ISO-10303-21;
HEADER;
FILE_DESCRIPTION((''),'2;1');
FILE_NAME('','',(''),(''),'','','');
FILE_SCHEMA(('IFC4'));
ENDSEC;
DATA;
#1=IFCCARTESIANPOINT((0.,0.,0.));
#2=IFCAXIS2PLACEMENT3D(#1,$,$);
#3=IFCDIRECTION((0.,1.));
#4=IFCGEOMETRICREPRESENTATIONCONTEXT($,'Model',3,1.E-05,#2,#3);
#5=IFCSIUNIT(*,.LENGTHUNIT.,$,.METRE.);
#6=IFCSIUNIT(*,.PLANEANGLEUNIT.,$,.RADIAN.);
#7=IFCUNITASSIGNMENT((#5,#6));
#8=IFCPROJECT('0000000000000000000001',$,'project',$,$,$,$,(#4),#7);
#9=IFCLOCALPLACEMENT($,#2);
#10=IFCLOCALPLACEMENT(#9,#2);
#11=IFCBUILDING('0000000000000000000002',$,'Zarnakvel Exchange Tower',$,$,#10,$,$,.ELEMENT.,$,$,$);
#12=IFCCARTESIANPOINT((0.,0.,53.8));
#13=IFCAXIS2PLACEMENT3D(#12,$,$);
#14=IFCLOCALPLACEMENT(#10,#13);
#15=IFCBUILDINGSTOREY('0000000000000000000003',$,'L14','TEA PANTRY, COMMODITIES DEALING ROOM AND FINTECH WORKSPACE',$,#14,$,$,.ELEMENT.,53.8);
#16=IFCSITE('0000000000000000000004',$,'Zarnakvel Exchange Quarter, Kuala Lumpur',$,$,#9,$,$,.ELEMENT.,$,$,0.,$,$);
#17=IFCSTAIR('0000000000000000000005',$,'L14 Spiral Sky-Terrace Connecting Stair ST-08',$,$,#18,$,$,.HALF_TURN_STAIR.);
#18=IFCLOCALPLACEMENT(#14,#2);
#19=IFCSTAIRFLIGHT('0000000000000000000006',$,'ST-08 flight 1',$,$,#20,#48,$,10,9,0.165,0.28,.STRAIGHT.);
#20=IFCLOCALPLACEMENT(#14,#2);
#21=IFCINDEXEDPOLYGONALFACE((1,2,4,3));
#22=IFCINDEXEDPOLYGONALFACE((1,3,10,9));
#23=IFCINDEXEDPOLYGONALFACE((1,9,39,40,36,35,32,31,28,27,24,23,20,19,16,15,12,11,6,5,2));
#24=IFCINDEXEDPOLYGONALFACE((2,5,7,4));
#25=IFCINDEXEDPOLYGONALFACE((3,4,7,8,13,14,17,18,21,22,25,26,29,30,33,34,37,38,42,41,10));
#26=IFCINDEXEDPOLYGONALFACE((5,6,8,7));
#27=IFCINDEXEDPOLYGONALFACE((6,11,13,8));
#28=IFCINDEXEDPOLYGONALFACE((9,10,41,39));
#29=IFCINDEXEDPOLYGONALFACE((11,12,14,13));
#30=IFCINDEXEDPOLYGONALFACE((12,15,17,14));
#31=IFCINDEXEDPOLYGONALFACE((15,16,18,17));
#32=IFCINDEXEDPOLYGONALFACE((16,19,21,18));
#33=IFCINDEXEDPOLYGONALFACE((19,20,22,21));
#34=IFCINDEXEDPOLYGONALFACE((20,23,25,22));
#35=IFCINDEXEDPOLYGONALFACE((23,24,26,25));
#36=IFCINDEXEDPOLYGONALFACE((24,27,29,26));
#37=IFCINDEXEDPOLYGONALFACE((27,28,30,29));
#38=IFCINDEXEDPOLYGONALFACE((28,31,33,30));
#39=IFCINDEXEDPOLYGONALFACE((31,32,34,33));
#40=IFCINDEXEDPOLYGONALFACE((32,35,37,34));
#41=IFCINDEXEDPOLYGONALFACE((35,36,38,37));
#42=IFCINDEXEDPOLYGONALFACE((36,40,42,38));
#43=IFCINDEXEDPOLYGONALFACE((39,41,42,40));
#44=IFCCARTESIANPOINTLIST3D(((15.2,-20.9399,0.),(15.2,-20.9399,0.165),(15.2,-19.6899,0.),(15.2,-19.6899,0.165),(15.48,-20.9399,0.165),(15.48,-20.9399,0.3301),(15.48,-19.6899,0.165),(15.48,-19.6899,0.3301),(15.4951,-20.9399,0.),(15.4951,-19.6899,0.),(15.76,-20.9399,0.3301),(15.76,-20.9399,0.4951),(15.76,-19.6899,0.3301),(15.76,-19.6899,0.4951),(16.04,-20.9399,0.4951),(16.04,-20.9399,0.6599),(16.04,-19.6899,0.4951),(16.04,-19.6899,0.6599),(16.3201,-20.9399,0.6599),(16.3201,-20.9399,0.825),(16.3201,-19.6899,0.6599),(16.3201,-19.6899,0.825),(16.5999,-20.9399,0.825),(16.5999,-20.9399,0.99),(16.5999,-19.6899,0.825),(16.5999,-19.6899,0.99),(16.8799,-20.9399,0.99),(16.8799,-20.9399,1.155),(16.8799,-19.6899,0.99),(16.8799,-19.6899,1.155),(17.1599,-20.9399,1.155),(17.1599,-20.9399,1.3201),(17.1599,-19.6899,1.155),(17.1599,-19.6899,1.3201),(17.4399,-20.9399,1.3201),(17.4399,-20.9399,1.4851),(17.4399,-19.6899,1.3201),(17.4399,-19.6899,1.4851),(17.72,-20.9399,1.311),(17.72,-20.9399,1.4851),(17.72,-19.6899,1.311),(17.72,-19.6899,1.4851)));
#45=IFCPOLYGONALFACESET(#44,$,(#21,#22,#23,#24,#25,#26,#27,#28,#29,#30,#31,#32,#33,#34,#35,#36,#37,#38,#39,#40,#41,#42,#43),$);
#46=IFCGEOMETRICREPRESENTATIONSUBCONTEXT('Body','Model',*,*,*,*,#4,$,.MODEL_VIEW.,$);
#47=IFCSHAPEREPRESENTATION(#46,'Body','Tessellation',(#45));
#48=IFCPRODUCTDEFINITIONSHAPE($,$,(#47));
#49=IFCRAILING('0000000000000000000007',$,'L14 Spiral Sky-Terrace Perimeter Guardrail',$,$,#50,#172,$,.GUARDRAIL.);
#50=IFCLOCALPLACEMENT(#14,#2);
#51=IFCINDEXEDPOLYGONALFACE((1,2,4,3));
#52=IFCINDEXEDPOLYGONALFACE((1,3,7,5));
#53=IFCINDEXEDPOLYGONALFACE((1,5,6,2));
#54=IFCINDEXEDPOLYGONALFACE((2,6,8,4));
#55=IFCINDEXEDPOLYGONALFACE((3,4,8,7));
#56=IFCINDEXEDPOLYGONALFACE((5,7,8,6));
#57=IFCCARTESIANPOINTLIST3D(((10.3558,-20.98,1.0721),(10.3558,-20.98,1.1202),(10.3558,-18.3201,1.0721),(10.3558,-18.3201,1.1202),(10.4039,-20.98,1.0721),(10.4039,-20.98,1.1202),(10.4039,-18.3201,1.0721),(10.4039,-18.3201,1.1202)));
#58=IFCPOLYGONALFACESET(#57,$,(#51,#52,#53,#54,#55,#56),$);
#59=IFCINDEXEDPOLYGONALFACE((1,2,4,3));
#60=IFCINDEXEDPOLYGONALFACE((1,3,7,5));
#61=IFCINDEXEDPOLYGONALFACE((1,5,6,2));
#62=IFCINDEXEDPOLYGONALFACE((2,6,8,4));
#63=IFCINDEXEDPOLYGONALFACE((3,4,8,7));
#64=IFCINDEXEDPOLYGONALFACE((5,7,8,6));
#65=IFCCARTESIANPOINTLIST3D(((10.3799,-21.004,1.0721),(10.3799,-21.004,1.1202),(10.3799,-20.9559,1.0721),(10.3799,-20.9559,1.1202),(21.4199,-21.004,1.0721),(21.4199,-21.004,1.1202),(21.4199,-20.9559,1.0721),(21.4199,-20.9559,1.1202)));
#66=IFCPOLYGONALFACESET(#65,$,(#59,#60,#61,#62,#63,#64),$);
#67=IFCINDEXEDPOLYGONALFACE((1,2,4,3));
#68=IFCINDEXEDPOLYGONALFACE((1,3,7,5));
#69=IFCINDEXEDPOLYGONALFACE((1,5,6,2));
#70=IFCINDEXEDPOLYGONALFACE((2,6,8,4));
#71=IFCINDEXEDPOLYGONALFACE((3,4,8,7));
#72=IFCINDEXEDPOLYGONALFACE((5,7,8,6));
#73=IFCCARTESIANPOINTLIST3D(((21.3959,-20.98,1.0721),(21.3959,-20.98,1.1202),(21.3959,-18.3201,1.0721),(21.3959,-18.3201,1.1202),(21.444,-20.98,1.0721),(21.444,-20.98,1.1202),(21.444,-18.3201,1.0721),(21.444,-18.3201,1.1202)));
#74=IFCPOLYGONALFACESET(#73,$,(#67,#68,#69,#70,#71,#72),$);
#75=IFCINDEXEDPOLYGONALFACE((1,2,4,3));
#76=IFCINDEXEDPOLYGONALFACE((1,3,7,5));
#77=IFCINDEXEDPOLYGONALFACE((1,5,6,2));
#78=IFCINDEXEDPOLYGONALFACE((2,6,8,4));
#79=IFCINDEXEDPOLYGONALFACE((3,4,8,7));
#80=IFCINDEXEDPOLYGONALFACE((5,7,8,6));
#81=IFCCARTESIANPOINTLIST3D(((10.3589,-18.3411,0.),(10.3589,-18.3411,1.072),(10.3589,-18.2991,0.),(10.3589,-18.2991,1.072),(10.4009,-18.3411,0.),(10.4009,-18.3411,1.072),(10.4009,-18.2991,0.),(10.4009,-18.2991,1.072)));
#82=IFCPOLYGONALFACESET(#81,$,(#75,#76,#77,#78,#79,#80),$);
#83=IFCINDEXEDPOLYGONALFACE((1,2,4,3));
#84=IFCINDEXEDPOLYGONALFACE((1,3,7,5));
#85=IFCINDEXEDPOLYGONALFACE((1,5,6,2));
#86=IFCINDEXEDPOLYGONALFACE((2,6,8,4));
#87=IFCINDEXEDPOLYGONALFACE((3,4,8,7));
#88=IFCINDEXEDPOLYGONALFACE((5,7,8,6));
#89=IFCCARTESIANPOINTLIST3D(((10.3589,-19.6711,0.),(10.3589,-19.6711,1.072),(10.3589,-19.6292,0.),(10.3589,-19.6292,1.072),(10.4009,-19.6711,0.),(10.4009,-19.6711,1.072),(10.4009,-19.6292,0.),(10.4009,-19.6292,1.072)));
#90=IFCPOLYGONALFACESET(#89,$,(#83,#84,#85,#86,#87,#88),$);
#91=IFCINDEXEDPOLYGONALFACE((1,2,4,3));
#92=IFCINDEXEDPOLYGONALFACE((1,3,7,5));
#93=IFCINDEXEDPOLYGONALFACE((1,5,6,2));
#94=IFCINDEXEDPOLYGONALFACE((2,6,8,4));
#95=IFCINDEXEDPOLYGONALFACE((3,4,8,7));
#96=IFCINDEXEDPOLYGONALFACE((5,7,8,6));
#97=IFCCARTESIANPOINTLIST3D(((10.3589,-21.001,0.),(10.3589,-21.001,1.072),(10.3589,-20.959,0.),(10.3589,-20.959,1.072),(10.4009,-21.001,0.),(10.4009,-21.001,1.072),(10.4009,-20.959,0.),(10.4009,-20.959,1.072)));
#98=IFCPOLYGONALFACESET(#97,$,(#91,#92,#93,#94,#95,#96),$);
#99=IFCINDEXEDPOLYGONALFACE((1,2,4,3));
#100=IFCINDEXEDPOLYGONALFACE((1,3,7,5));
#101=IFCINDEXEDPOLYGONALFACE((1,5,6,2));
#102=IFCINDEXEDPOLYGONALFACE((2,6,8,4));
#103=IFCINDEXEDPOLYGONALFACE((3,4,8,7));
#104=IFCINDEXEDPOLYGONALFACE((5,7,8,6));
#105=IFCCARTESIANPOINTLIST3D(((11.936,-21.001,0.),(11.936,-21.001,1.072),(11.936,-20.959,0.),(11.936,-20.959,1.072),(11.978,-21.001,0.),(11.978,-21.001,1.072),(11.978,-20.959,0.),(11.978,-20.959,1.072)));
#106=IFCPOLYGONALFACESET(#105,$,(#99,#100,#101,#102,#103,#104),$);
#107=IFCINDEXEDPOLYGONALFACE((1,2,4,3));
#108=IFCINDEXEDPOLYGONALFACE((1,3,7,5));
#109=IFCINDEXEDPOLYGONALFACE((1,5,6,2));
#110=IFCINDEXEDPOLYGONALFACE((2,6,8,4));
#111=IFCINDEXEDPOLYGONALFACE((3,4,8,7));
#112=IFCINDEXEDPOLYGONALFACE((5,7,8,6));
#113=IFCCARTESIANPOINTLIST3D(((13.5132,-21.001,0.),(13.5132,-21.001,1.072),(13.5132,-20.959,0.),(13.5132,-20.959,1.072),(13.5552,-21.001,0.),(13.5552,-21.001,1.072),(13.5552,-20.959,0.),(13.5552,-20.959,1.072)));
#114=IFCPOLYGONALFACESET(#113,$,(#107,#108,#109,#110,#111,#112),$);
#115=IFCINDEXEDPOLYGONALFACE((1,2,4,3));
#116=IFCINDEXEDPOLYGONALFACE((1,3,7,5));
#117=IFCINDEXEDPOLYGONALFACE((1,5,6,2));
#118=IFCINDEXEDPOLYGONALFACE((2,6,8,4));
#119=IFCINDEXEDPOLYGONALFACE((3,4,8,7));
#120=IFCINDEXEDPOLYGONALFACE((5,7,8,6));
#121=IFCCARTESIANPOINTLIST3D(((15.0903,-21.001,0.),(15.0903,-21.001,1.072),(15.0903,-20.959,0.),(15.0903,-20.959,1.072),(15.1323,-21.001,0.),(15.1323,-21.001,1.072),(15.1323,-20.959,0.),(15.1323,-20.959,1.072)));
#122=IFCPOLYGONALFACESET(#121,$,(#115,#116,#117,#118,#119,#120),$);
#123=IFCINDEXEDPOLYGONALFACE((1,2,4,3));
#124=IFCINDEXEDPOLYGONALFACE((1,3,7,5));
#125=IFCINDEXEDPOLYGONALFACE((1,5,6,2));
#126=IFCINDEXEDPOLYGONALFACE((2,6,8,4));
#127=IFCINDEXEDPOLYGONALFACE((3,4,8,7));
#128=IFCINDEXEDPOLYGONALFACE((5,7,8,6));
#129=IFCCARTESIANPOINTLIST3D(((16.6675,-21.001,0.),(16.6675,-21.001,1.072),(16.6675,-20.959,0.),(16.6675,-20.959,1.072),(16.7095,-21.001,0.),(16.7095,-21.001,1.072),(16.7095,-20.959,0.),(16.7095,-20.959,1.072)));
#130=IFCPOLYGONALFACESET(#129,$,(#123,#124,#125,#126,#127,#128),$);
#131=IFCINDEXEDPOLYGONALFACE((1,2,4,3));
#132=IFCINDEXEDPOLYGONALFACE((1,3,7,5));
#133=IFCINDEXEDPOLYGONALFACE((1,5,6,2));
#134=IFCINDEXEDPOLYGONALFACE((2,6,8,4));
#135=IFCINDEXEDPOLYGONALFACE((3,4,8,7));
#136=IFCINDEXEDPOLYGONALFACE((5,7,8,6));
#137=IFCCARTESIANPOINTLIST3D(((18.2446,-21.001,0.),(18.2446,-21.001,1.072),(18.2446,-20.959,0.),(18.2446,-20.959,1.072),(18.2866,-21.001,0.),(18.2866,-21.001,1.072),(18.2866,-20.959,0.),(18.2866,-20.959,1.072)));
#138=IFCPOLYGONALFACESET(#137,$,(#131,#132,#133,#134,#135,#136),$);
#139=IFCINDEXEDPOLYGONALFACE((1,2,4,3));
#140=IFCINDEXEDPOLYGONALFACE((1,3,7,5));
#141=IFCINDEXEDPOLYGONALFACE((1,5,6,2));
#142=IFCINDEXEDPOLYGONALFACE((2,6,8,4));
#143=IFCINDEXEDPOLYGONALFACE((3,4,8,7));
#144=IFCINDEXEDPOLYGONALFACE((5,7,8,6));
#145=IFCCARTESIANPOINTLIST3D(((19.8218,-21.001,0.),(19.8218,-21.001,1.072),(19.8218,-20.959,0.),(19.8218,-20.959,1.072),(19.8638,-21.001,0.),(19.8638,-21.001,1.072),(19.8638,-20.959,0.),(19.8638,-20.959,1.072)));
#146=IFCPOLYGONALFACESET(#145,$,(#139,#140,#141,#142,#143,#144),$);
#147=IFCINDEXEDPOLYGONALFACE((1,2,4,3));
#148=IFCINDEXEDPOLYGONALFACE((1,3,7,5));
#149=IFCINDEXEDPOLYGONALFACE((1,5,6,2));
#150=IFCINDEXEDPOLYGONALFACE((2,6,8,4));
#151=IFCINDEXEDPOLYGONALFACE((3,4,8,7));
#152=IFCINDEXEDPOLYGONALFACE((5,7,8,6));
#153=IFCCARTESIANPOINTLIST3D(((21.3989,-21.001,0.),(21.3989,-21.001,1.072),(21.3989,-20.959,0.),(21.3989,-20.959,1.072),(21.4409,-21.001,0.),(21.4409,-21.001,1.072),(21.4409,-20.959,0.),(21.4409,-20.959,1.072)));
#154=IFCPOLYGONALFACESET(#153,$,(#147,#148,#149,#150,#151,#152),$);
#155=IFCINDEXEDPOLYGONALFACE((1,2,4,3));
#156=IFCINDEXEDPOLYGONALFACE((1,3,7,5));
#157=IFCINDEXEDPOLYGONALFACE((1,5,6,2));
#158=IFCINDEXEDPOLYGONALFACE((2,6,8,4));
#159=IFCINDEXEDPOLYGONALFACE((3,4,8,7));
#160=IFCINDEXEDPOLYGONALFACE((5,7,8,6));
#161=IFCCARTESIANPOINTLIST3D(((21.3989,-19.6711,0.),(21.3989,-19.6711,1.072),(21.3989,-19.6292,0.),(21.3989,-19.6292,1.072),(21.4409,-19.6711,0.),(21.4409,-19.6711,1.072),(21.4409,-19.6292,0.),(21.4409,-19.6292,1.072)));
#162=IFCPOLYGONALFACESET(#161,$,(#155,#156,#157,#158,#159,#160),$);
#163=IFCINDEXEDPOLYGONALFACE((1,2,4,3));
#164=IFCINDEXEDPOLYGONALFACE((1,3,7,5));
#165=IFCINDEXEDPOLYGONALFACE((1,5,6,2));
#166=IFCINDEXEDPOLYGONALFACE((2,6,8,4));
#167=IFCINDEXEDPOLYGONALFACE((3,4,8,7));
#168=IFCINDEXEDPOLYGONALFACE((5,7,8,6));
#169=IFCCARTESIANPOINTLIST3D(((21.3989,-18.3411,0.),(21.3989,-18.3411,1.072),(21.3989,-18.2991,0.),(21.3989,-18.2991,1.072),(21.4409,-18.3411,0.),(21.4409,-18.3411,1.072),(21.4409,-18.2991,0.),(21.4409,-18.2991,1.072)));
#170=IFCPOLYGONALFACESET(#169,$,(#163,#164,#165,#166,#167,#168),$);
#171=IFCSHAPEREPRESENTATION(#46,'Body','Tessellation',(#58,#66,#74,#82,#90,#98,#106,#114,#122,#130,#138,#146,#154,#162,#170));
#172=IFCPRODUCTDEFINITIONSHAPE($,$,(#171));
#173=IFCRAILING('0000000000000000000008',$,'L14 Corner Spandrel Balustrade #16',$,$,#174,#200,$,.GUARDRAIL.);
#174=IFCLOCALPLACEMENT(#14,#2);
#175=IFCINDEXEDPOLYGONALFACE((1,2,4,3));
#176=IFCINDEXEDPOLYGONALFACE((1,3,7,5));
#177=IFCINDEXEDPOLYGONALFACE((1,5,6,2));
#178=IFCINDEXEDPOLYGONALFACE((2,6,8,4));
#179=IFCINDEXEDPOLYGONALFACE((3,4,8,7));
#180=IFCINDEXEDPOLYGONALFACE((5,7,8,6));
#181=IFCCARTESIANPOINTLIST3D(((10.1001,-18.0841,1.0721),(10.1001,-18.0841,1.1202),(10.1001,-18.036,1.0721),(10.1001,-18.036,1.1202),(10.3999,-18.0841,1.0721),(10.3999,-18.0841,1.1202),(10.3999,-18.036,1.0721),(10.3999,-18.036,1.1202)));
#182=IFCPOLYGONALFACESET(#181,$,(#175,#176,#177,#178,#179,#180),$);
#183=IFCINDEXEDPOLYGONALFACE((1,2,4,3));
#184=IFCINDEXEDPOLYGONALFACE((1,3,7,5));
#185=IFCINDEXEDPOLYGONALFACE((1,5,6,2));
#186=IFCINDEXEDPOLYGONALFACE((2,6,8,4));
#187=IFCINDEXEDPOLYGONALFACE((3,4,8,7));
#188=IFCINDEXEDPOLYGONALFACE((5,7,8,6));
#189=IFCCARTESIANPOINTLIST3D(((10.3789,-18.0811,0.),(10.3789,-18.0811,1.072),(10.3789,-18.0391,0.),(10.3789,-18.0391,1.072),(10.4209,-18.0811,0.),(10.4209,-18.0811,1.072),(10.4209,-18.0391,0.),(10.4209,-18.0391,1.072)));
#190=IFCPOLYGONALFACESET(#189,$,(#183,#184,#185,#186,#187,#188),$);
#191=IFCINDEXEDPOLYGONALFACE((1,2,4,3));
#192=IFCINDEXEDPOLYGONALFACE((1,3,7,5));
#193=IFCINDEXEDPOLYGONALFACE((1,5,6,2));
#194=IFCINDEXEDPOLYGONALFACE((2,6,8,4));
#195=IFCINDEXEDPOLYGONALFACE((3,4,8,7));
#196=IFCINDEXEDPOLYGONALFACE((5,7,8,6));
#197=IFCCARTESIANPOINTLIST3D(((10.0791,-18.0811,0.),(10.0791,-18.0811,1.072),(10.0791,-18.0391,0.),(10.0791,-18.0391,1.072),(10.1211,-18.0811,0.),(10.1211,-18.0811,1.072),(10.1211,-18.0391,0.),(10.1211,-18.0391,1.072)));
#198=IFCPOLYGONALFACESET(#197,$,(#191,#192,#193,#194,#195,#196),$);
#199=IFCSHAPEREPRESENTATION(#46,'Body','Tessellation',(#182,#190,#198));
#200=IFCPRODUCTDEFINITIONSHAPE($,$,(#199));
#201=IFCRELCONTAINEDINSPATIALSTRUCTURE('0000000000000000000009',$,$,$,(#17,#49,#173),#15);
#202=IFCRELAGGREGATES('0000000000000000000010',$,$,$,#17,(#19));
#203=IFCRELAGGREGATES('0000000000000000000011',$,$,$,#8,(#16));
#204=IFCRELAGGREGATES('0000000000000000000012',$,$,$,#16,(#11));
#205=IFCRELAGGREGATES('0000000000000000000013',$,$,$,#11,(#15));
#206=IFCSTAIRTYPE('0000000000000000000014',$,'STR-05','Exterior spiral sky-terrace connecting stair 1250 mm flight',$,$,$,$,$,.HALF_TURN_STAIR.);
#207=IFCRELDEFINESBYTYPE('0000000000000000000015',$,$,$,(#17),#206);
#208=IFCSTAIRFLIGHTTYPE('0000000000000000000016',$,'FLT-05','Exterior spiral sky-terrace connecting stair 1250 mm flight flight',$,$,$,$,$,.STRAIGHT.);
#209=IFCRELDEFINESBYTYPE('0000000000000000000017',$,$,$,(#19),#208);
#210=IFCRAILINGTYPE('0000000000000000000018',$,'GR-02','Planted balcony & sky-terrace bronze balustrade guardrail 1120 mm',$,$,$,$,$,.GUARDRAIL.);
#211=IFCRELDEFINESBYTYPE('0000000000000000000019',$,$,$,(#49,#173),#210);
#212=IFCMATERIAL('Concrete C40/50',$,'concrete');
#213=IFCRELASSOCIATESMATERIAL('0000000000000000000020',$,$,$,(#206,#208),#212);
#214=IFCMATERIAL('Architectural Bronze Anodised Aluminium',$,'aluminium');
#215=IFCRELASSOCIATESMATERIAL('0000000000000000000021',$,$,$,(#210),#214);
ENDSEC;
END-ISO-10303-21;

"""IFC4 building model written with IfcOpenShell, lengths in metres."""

from ifc_helpers import new_model, si_unit, direction, frame, origin, origin_2d, place, context, subcontext, project, spatial, polyline, rectangle, outline, extrude, material, type_object, element, aggregate, save


model = new_model("IFC4")

# Units and contexts
model_context = context("Model", 3, precision=1e-05, world=origin(), true_north=direction((0.0, 1.0)))
body_context = subcontext(model_context, "Body", "Model", "MODEL_VIEW")
ifc_project = project(units=[si_unit("LENGTHUNIT", "METRE"), si_unit("PLANEANGLEUNIT", "RADIAN")], contexts=[model_context])

# Site, building, storey
site_placement = place(None, origin())
site = spatial("IfcSite", under=ifc_project, at=site_placement, Name="Zarnakvel Exchange Quarter, Kuala Lumpur", CompositionType="ELEMENT", RefElevation=0.0)
building_placement = place(site_placement, origin())
building = spatial("IfcBuilding", under=site, at=building_placement, Name="Zarnakvel Exchange Tower", CompositionType="ELEMENT")
storey_placement = place(building_placement, frame((0.0, 0.0, 53.8)))
storey = spatial("IfcBuildingStorey", under=building, at=storey_placement, Name="L14", Description="TEA PANTRY, COMMODITIES DEALING ROOM AND FINTECH WORKSPACE", CompositionType="ELEMENT", Elevation=53.8)

# Shared definitions
ifc_material_1 = material(Name="Architectural Bronze Anodised Aluminium", Category="aluminium")

# Stair, stair flight
ifc_material_2 = material(Name="Concrete C40/50", Category="concrete")
stair_type = type_object("IfcStairType", Name="STR-05", Description="Exterior spiral sky-terrace connecting stair 1250 mm flight", PredefinedType="HALF_TURN_STAIR", material=ifc_material_2)
stair_placement = place(storey_placement, origin())
stair = element("IfcStair", 1, at=stair_placement, inside=storey, type_object=stair_type, Name="L14 Spiral Sky-Terrace Connecting Stair ST-08", PredefinedType="HALF_TURN_STAIR")
stair_flight_type = type_object("IfcStairFlightType", Name="FLT-05", Description="Exterior spiral sky-terrace connecting stair 1250 mm flight flight", PredefinedType="STRAIGHT", material=ifc_material_2)
stair_flight_placement = place(storey_placement, frame((15.2, -20.3149, 0.0), z_axis=(0.0, 0.0, 1.0), x_axis=(1.0, 0.0, 0.0)))
stair_flight = element("IfcStairFlight", 2, at=stair_flight_placement, type_object=stair_flight_type, Name="ST-08 flight 1", NumberOfRisers=10, NumberOfTreads=9, PredefinedType="STRAIGHT", RiserHeight=0.165, TreadLength=0.28, context=body_context, shape_type="SweptSolid", body=[
    extrude(outline(polyline([(0.0, 0.0), (0.0, 0.165), (0.28, 0.165), (0.28, 0.3301), (0.5601, 0.3301), (0.5601, 0.4951), (0.8401, 0.4951), (0.8401, 0.6599), (1.1201, 0.6599), (1.1201, 0.825), (1.3999, 0.825), (1.3999, 0.99), (1.6799, 0.99), (1.6799, 1.155), (1.96, 1.155), (1.96, 1.3201), (2.24, 1.3201), (2.24, 1.4851), (2.52, 1.4851), (2.52, 1.6499), (2.52, 1.311), (0.2952, 0.0), (0.0, 0.0)])), frame((0.0, 0.625, 0.0), z_axis=(0.0, -1.0, 0.0), x_axis=(1.0, 0.0, 0.0)), (0.0, 0.0, 1.0), 1.25),
])
aggregate(stair, [stair_flight])

# Railings
railing_type_1 = type_object("IfcRailingType", Name="GR-02", Description="Planted balcony & sky-terrace bronze balustrade guardrail 1120 mm", PredefinedType="GUARDRAIL", material=ifc_material_1)
railing_1_placement = place(storey_placement, frame((10.3799, -18.3201, 0.0)))
element("IfcRailing", 3, at=railing_1_placement, inside=storey, type_object=railing_type_1, Name="L14 Spiral Sky-Terrace Perimeter Guardrail", PredefinedType="GUARDRAIL", context=body_context, shape_type="SweptSolid", body=[
    extrude(rectangle(XDim=0.0481, YDim=0.0481, at=origin_2d()), frame((0.0, 0.0, 1.0962), z_axis=(0.0, -1.0, 0.0), x_axis=(1.0, 0.0, 0.0)), (0.0, 0.0, 1.0), 2.6599),
    extrude(rectangle(XDim=0.0481, YDim=0.0481, at=origin_2d()), frame((0.0, -2.6599, 1.0962), z_axis=(1.0, 0.0, 0.0), x_axis=(0.0, 1.0, 0.0)), (0.0, 0.0, 1.0), 11.04),
    extrude(rectangle(XDim=0.0481, YDim=0.0481, at=origin_2d()), frame((11.04, -2.6599, 1.0962), z_axis=(0.0, 1.0, 0.0), x_axis=(-1.0, 0.0, 0.0)), (0.0, 0.0, 1.0), 2.6599),
    extrude(rectangle(XDim=0.042, YDim=0.042, at=origin_2d()), origin(), (0.0, 0.0, 1.0), 1.072),
    extrude(rectangle(XDim=0.042, YDim=0.042, at=origin_2d()), frame((0.0, -1.3301, 0.0)), (0.0, 0.0, 1.0), 1.072),
    extrude(rectangle(XDim=0.042, YDim=0.042, at=origin_2d()), frame((0.0, -2.6599, 0.0)), (0.0, 0.0, 1.0), 1.072),
    extrude(rectangle(XDim=0.042, YDim=0.042, at=origin_2d()), frame((1.5771, -2.6599, 0.0)), (0.0, 0.0, 1.0), 1.072),
    extrude(rectangle(XDim=0.042, YDim=0.042, at=origin_2d()), frame((3.1543, -2.6599, 0.0)), (0.0, 0.0, 1.0), 1.072),
    extrude(rectangle(XDim=0.042, YDim=0.042, at=origin_2d()), frame((4.7314, -2.6599, 0.0)), (0.0, 0.0, 1.0), 1.072),
    extrude(rectangle(XDim=0.042, YDim=0.042, at=origin_2d()), frame((6.3086, -2.6599, 0.0)), (0.0, 0.0, 1.0), 1.072),
    extrude(rectangle(XDim=0.042, YDim=0.042, at=origin_2d()), frame((7.8857, -2.6599, 0.0)), (0.0, 0.0, 1.0), 1.072),
    extrude(rectangle(XDim=0.042, YDim=0.042, at=origin_2d()), frame((9.4629, -2.6599, 0.0)), (0.0, 0.0, 1.0), 1.072),
    extrude(rectangle(XDim=0.042, YDim=0.042, at=origin_2d()), frame((11.04, -2.6599, 0.0)), (0.0, 0.0, 1.0), 1.072),
    extrude(rectangle(XDim=0.042, YDim=0.042, at=origin_2d()), frame((11.04, -1.3301, 0.0)), (0.0, 0.0, 1.0), 1.072),
    extrude(rectangle(XDim=0.042, YDim=0.042, at=origin_2d()), frame((11.04, 0.0, 0.0)), (0.0, 0.0, 1.0), 1.072),
])
railing_2_placement = place(storey_placement, frame((10.3999, -18.0601, 0.0)))
element("IfcRailing", 4, at=railing_2_placement, inside=storey, type_object=railing_type_1, Name="L14 Corner Spandrel Balustrade #16", PredefinedType="GUARDRAIL", context=body_context, shape_type="SweptSolid", body=[
    extrude(rectangle(XDim=0.0481, YDim=0.0481, at=origin_2d()), frame((0.0, 0.0, 1.0962), z_axis=(-1.0, 0.0, 0.0), x_axis=(0.0, -1.0, 0.0)), (0.0, 0.0, 1.0), 0.2998),
    extrude(rectangle(XDim=0.042, YDim=0.042, at=origin_2d()), origin(), (0.0, 0.0, 1.0), 1.072),
    extrude(rectangle(XDim=0.042, YDim=0.042, at=origin_2d()), frame((-0.2998, 0.0, 0.0)), (0.0, 0.0, 1.0), 1.072),
])

save(model, "model.ifc")
